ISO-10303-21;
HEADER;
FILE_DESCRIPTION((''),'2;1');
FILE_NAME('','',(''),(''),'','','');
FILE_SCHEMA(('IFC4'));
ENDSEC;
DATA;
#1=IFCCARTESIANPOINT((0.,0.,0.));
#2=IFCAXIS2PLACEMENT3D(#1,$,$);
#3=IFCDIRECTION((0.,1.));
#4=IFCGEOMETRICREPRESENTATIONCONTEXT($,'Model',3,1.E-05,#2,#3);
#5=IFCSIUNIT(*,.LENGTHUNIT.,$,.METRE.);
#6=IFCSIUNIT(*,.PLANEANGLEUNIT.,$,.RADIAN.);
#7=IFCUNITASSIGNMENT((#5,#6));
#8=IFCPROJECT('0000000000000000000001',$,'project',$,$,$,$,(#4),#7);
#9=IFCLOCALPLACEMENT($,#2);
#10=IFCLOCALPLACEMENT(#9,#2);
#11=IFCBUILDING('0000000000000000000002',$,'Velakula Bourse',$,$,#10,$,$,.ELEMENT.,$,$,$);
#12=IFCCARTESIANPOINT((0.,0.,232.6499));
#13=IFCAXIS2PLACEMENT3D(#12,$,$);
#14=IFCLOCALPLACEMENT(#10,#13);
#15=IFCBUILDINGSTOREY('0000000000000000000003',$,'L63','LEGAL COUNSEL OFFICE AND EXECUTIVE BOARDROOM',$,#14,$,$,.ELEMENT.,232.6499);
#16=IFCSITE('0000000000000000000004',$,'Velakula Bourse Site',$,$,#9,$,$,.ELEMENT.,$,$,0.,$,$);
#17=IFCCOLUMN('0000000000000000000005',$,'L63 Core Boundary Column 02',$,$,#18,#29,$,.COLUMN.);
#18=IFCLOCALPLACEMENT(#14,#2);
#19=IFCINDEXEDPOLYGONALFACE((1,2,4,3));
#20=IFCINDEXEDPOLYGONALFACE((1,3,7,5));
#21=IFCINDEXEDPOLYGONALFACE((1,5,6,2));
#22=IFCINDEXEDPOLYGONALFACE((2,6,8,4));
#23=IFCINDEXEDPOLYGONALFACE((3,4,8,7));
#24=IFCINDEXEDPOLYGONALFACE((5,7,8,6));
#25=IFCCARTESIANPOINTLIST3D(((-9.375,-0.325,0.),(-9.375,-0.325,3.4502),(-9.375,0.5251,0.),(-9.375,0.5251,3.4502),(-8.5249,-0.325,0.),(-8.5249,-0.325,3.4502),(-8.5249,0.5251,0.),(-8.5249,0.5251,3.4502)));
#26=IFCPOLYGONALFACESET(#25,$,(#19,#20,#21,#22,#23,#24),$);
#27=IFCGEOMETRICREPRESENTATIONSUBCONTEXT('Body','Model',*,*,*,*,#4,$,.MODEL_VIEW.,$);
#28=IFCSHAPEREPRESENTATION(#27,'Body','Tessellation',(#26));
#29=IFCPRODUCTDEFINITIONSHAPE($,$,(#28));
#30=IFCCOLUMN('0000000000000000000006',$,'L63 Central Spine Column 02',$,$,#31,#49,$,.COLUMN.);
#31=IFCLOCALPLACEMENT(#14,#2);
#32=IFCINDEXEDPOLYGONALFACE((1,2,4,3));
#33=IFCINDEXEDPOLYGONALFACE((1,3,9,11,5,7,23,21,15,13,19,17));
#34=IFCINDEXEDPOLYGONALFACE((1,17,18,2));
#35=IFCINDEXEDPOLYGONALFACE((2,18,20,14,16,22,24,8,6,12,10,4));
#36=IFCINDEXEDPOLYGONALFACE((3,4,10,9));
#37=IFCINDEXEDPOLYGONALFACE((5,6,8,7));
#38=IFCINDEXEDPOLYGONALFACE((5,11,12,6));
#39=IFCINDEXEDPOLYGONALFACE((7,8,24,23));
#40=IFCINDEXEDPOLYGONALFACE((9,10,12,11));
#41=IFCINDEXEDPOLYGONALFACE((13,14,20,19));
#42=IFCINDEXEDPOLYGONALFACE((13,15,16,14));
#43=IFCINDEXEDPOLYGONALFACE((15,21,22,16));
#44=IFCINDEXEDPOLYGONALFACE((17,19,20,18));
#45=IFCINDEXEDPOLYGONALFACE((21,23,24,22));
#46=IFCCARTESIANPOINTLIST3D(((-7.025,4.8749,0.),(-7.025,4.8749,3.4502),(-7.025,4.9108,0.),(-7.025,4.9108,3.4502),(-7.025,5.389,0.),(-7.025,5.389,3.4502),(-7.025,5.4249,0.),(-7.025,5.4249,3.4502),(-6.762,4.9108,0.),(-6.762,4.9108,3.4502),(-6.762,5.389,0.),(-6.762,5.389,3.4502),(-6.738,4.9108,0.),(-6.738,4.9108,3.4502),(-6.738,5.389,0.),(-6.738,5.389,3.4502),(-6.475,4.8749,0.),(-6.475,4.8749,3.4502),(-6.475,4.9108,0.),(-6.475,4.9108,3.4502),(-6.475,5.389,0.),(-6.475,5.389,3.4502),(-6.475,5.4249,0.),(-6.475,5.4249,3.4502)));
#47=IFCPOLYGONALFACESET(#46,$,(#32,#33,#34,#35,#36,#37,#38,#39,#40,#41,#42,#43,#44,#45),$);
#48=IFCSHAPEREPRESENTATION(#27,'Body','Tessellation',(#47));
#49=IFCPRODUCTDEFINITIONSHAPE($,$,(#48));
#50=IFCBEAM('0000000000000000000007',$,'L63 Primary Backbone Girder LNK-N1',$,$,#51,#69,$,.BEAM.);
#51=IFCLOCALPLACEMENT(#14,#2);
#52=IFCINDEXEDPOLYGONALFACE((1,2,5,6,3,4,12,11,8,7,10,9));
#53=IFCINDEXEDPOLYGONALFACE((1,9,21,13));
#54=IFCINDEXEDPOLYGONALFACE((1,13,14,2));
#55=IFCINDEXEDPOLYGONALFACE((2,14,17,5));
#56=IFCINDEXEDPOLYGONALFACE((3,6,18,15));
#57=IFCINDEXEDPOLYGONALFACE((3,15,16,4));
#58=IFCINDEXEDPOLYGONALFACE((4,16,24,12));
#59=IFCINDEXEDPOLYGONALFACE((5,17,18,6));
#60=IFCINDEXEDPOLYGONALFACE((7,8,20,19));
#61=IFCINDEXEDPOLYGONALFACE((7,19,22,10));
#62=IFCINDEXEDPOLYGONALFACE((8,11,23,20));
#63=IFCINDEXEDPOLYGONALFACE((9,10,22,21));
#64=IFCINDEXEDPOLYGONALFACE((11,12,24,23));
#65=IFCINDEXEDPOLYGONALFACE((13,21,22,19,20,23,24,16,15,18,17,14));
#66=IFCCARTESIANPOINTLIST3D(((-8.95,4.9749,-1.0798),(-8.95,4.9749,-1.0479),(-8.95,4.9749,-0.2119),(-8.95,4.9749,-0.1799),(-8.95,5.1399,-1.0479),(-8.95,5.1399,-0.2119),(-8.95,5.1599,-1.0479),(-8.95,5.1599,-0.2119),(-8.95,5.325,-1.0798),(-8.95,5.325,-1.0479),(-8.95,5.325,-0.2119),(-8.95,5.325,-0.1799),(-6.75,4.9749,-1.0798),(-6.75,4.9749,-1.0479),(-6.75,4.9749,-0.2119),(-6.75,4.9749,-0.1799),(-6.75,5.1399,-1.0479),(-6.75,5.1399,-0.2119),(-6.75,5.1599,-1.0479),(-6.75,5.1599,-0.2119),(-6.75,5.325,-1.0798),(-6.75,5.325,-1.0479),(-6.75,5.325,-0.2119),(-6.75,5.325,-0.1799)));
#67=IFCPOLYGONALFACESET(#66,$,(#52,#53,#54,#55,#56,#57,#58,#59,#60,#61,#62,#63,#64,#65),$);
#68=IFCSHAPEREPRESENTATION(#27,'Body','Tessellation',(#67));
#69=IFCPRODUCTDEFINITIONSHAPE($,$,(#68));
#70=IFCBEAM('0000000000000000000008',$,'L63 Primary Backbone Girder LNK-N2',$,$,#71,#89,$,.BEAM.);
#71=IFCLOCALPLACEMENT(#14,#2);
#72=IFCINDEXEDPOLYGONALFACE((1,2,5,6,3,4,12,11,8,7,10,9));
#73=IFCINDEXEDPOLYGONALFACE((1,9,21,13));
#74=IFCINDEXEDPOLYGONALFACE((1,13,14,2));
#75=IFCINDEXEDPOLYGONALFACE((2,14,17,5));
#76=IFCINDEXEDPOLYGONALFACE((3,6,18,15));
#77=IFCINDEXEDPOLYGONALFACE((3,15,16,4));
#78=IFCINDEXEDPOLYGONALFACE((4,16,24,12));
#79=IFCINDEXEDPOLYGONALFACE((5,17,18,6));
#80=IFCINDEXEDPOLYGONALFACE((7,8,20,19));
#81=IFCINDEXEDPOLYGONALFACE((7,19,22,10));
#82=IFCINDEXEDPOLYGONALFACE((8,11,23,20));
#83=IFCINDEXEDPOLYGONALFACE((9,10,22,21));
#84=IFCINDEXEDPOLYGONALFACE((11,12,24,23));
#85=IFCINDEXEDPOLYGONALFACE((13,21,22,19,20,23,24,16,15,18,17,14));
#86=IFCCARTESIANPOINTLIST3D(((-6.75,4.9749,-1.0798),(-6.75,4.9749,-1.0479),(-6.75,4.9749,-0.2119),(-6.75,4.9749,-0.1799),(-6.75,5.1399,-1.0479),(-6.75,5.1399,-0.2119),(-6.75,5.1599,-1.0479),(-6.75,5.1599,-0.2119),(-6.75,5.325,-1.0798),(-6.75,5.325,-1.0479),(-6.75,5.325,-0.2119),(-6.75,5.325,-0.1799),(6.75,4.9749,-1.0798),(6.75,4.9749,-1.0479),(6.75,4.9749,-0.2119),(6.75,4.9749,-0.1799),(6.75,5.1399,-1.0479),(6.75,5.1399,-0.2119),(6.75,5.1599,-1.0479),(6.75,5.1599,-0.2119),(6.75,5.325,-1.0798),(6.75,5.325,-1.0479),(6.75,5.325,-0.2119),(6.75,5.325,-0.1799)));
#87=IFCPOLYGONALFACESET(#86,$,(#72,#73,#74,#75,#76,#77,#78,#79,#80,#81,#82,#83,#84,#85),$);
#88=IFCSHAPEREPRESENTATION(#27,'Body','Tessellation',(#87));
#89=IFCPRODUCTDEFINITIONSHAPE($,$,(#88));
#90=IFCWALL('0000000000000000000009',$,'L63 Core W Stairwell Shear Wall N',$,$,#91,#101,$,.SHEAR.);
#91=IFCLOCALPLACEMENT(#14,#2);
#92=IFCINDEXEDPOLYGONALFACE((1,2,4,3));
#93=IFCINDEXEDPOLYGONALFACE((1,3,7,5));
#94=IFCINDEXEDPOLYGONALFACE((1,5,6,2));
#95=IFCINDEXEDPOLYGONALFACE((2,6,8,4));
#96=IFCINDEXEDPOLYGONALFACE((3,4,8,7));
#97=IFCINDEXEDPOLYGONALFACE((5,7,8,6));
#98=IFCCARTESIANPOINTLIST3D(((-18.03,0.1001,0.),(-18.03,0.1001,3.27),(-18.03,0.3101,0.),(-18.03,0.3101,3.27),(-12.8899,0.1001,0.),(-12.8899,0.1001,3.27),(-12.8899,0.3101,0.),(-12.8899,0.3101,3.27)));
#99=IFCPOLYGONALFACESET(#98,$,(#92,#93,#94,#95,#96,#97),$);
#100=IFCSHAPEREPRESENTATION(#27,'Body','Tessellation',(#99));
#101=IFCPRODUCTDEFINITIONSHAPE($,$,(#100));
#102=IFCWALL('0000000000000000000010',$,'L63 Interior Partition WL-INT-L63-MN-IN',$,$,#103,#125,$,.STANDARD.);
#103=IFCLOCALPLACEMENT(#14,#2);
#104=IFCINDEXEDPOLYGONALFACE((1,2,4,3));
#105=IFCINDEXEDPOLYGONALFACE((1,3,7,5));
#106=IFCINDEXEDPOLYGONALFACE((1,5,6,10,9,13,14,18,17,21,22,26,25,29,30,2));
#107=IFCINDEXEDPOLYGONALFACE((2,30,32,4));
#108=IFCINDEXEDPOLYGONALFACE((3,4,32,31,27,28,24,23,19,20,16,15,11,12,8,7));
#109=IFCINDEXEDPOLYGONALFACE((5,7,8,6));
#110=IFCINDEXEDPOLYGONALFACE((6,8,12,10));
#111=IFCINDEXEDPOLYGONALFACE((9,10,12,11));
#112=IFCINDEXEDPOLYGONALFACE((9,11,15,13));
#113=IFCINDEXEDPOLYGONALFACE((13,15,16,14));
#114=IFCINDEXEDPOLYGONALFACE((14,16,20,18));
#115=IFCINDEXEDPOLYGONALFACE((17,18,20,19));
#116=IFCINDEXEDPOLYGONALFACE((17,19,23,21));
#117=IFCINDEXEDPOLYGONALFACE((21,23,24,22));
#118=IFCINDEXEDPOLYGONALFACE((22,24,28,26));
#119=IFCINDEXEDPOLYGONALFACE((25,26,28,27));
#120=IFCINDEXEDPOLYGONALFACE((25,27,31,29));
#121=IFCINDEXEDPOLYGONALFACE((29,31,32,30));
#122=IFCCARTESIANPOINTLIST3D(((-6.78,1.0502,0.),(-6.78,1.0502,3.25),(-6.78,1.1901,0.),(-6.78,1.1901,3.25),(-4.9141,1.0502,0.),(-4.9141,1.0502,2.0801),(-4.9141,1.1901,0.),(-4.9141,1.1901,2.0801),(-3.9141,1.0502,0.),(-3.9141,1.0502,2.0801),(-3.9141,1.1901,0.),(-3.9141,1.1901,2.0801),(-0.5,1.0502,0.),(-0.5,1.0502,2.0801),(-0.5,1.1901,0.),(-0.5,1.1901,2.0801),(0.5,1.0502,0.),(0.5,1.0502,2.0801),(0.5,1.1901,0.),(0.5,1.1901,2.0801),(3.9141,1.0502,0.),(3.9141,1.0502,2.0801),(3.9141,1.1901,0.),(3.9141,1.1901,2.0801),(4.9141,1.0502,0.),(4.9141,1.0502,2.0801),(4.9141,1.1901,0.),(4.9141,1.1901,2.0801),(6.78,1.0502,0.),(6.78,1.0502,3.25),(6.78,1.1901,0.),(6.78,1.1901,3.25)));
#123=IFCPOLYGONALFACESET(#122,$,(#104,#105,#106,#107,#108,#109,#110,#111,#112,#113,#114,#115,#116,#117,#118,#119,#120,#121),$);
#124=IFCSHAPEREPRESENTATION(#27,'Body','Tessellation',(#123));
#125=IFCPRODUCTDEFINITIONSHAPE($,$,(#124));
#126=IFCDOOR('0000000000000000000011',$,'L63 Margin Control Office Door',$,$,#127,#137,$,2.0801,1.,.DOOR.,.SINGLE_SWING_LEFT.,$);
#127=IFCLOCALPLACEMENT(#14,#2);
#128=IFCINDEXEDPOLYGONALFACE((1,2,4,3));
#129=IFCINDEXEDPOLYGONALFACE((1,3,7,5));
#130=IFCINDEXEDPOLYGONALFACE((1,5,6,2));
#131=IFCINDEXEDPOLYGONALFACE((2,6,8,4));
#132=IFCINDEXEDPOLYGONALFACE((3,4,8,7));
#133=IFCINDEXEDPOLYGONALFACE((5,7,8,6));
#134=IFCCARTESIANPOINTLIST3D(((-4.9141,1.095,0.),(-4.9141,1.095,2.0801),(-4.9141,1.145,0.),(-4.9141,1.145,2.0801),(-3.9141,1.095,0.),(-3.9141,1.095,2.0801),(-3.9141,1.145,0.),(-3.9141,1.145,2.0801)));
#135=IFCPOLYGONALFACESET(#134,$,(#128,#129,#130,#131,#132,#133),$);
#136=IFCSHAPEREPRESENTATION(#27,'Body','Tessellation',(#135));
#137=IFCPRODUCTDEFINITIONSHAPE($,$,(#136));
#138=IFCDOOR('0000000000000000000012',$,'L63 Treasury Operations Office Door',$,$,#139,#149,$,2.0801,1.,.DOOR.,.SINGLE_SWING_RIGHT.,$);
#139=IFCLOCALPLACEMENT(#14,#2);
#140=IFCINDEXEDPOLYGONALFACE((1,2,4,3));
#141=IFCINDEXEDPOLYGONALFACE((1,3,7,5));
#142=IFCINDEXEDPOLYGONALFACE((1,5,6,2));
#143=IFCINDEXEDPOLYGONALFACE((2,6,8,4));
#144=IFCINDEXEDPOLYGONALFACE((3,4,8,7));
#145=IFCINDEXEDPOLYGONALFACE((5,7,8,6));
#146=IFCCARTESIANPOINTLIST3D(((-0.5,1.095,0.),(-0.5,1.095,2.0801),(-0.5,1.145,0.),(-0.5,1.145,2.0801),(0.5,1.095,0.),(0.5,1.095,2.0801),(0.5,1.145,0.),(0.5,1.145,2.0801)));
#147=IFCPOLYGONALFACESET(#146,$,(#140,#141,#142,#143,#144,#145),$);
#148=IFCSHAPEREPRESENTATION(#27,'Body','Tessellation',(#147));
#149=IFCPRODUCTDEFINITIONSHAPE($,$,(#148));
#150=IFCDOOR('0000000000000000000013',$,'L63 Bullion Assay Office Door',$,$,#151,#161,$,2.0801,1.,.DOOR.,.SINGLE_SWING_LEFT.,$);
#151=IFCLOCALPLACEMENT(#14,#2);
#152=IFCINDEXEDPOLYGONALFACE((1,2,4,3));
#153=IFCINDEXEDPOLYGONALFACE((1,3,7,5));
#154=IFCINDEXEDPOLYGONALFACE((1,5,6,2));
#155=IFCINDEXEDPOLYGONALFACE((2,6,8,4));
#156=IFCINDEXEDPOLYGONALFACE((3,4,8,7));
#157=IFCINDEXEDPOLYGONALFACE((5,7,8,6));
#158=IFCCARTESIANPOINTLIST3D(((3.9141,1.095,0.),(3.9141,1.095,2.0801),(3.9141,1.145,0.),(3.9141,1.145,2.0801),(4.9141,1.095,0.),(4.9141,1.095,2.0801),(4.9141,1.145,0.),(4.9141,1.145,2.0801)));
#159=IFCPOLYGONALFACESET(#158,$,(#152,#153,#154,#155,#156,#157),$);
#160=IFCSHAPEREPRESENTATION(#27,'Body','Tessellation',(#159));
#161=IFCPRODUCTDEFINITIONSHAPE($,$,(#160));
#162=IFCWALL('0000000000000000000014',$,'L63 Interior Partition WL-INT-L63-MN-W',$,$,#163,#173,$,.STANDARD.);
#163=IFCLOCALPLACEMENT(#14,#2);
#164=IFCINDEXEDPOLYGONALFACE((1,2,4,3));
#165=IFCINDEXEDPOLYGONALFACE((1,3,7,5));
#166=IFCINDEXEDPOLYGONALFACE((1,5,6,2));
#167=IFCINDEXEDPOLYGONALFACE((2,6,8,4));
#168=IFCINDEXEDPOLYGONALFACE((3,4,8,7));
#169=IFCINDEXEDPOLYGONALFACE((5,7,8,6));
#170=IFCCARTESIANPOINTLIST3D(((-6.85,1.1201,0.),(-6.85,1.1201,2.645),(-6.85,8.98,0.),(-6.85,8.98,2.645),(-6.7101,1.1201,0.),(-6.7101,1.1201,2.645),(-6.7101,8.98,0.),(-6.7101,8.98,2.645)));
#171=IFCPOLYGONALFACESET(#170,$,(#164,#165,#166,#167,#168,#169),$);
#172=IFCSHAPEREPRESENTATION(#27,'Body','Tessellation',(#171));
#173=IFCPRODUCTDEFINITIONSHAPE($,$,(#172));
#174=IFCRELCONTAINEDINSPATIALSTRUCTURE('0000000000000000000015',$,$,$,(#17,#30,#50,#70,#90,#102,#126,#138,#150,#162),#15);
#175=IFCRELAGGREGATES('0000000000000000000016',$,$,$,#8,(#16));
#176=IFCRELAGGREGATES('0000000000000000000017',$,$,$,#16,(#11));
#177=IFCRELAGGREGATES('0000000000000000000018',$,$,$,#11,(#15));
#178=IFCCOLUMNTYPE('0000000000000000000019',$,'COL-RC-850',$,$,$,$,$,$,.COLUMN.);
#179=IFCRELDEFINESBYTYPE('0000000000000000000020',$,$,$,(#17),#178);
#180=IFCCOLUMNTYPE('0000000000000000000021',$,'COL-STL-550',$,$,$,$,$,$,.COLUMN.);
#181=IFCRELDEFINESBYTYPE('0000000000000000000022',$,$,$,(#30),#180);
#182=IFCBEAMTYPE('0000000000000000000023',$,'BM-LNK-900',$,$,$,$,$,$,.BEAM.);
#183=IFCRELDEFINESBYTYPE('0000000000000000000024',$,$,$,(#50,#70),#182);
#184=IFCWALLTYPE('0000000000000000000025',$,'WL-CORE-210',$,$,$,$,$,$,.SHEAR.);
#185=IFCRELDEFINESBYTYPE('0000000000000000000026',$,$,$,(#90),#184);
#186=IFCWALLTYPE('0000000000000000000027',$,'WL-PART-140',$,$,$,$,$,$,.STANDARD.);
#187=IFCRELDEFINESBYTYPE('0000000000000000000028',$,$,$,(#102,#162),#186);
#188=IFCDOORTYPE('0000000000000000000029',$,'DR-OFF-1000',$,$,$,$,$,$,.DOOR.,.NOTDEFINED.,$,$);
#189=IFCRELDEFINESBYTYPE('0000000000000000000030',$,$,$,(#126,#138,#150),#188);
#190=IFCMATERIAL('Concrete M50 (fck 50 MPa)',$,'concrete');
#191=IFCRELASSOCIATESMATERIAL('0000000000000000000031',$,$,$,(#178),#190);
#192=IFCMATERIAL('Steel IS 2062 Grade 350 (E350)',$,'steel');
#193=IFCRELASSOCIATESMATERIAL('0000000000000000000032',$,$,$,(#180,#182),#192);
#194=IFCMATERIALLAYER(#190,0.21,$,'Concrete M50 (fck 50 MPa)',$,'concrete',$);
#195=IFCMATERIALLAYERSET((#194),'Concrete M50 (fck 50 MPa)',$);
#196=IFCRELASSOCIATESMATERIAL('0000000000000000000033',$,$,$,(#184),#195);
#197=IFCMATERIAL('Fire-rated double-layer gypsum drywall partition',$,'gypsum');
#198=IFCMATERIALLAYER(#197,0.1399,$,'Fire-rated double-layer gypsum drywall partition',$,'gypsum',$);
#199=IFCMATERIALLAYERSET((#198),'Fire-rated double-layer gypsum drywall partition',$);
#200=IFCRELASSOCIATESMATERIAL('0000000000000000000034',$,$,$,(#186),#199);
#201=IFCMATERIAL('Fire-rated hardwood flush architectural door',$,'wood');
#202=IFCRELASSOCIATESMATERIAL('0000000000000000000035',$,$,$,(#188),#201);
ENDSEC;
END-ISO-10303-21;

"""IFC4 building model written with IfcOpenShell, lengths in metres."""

from ifc_helpers import new_model, si_unit, direction, frame, frame_2d, origin, origin_2d, place, context, subcontext, project, spatial, rectangle, i_section, extrude, material, layer, layer_set, material_profile, profile_set, type_object, element, fill, save


model = new_model("IFC4")

# Units and contexts
model_context = context("Model", 3, precision=1e-05, world=origin(), true_north=direction((0.0, 1.0)))
body_context = subcontext(model_context, "Body", "Model", "MODEL_VIEW")
ifc_project = project(units=[si_unit("LENGTHUNIT", "METRE"), si_unit("PLANEANGLEUNIT", "RADIAN")], contexts=[model_context])

# Site, building, storey
site_placement = place(None, origin())
site = spatial("IfcSite", under=ifc_project, at=site_placement, Name="Velakula Bourse Site", CompositionType="ELEMENT", RefElevation=0.0)
building_placement = place(site_placement, origin())
building = spatial("IfcBuilding", under=site, at=building_placement, Name="Velakula Bourse", CompositionType="ELEMENT")
storey_placement = place(building_placement, frame((0.0, 0.0, 232.6499)))
storey = spatial("IfcBuildingStorey", under=building, at=storey_placement, Name="L63", Description="LEGAL COUNSEL OFFICE AND EXECUTIVE BOARDROOM", CompositionType="ELEMENT", Elevation=232.6499)

# Columns
ifc_material_1 = material(Name="Concrete M50 (fck 50 MPa)", Category="concrete")
ifc_material_profile_1 = material_profile(ifc_material_1, rectangle(XDim=0.8501, YDim=0.8501, at=origin_2d()), Name="Concrete M50 (fck 50 MPa)")
ifc_profile_set_1 = profile_set([ifc_material_profile_1], Name="Concrete M50 (fck 50 MPa)")
column_type_1 = type_object("IfcColumnType", Name="COL-RC-850", PredefinedType="COLUMN", material=ifc_profile_set_1)
column_1_placement = place(storey_placement, frame((-8.95, 0.1001, 0.0), z_axis=(0.0, 0.0, 1.0), x_axis=(1.0, 0.0, 0.0)))
element("IfcColumn", 1, at=column_1_placement, inside=storey, type_object=column_type_1, Name="L63 Core Boundary Column 02", PredefinedType="COLUMN", context=body_context, shape_type="SweptSolid", body=[
    extrude(rectangle(XDim=0.8501, YDim=0.8501, at=origin_2d()), origin(), (0.0, 0.0, 1.0), 3.4502),
])
ifc_material_2 = material(Name="Steel IS 2062 Grade 350 (E350)", Category="steel")
ifc_material_profile_2 = material_profile(ifc_material_2, i_section(OverallWidth=0.55, OverallDepth=0.55, WebThickness=0.0239, FlangeThickness=0.0359, at=origin_2d()), Name="Steel IS 2062 Grade 350 (E350)")
ifc_profile_set_2 = profile_set([ifc_material_profile_2], Name="Steel IS 2062 Grade 350 (E350)")
column_type_2 = type_object("IfcColumnType", Name="COL-STL-550", PredefinedType="COLUMN", material=ifc_profile_set_2)
column_2_placement = place(storey_placement, frame((-6.75, 5.1499, 0.0), z_axis=(0.0, 0.0, 1.0), x_axis=(1.0, 0.0, 0.0)))
element("IfcColumn", 2, at=column_2_placement, inside=storey, type_object=column_type_2, Name="L63 Central Spine Column 02", PredefinedType="COLUMN", context=body_context, shape_type="SweptSolid", body=[
    extrude(i_section(OverallWidth=0.55, OverallDepth=0.55, WebThickness=0.0239, FlangeThickness=0.0359, at=origin_2d()), origin(), (0.0, 0.0, 1.0), 3.4502),
])

# Beams
ifc_material_profile_3 = material_profile(ifc_material_2, i_section(OverallWidth=0.3501, OverallDepth=0.8999, WebThickness=0.02, FlangeThickness=0.032, at=origin_2d()), Name="Steel IS 2062 Grade 350 (E350)")
ifc_profile_set_3 = profile_set([ifc_material_profile_3], Name="Steel IS 2062 Grade 350 (E350)")
beam_type = type_object("IfcBeamType", Name="BM-LNK-900", PredefinedType="BEAM", material=ifc_profile_set_3)
beam_1_placement = place(storey_placement, frame((-8.95, 5.1499, -0.6299), z_axis=(1.0, 0.0, 0.0), x_axis=(0.0, 1.0, 0.0)))
element("IfcBeam", 3, at=beam_1_placement, inside=storey, type_object=beam_type, Name="L63 Primary Backbone Girder LNK-N1", PredefinedType="BEAM", context=body_context, shape_type="SweptSolid", body=[
    extrude(i_section(OverallWidth=0.3501, OverallDepth=0.8999, WebThickness=0.02, FlangeThickness=0.032, at=origin_2d()), origin(), (0.0, 0.0, 1.0), 2.2),
])
beam_2_placement = place(storey_placement, frame((-6.75, 5.1499, -0.6299), z_axis=(1.0, 0.0, 0.0), x_axis=(0.0, 1.0, 0.0)))
element("IfcBeam", 4, at=beam_2_placement, inside=storey, type_object=beam_type, Name="L63 Primary Backbone Girder LNK-N2", PredefinedType="BEAM", context=body_context, shape_type="SweptSolid", body=[
    extrude(i_section(OverallWidth=0.3501, OverallDepth=0.8999, WebThickness=0.02, FlangeThickness=0.032, at=origin_2d()), origin(), (0.0, 0.0, 1.0), 13.5),
])

# Wall
ifc_layer_1 = layer(ifc_material_1, 0.21, Name="Concrete M50 (fck 50 MPa)", Category="concrete")
ifc_layer_set_1 = layer_set([ifc_layer_1], Name="Concrete M50 (fck 50 MPa)")
wall_type_1 = type_object("IfcWallType", Name="WL-CORE-210", PredefinedType="SHEAR", material=ifc_layer_set_1)
wall_1_placement = place(storey_placement, frame((-12.8899, 0.2051, 0.0), z_axis=(0.0, 0.0, 1.0), x_axis=(-1.0, 0.0, 0.0)))
element("IfcWall", 5, at=wall_1_placement, inside=storey, type_object=wall_type_1, Name="L63 Core W Stairwell Shear Wall N", PredefinedType="SHEAR", context=body_context, shape_type="SweptSolid", body=[
    extrude(rectangle(XDim=5.1401, YDim=0.21, at=frame_2d((2.5701, 0.0))), origin(), (0.0, 0.0, 1.0), 3.27),
])

# Wall, openings, doors
ifc_material_3 = material(Name="Fire-rated double-layer gypsum drywall partition", Category="gypsum")
ifc_layer_2 = layer(ifc_material_3, 0.1399, Name="Fire-rated double-layer gypsum drywall partition", Category="gypsum")
ifc_layer_set_2 = layer_set([ifc_layer_2], Name="Fire-rated double-layer gypsum drywall partition")
wall_type_2 = type_object("IfcWallType", Name="WL-PART-140", PredefinedType="STANDARD", material=ifc_layer_set_2)
wall_2_placement = place(storey_placement, frame((-6.78, 1.1201, 0.0), z_axis=(0.0, 0.0, 1.0), x_axis=(1.0, 0.0, 0.0)))
wall_2 = element("IfcWall", 6, at=wall_2_placement, inside=storey, type_object=wall_type_2, Name="L63 Interior Partition WL-INT-L63-MN-IN", PredefinedType="STANDARD", context=body_context, shape_type="SweptSolid", body=[
    extrude(rectangle(XDim=13.5601, YDim=0.1399, at=frame_2d((6.78, 0.0))), origin(), (0.0, 0.0, 1.0), 3.25),
])
opening_1_placement = place(wall_2_placement, frame((1.866, 0.0, 0.0)))
opening_1 = element("IfcOpeningElement", 7, at=opening_1_placement, cuts=wall_2, PredefinedType="OPENING", context=body_context, shape_type="SweptSolid", body=[
    extrude(rectangle(XDim=1.0, YDim=2.0801, at=frame_2d((0.5, 1.04))), frame((0.0, 0.0798, 0.0), z_axis=(0.0, -1.0, 0.0), x_axis=(1.0, 0.0, 0.0)), (0.0, 0.0, 1.0), 0.1599),
])
opening_2_placement = place(wall_2_placement, frame((6.28, 0.0, 0.0)))
opening_2 = element("IfcOpeningElement", 8, at=opening_2_placement, cuts=wall_2, PredefinedType="OPENING", context=body_context, shape_type="SweptSolid", body=[
    extrude(rectangle(XDim=1.0, YDim=2.0801, at=frame_2d((0.5, 1.04))), frame((0.0, 0.0798, 0.0), z_axis=(0.0, -1.0, 0.0), x_axis=(1.0, 0.0, 0.0)), (0.0, 0.0, 1.0), 0.1599),
])
opening_3_placement = place(wall_2_placement, frame((10.6941, 0.0, 0.0)))
opening_3 = element("IfcOpeningElement", 9, at=opening_3_placement, cuts=wall_2, PredefinedType="OPENING", context=body_context, shape_type="SweptSolid", body=[
    extrude(rectangle(XDim=1.0, YDim=2.0801, at=frame_2d((0.5, 1.04))), frame((0.0, 0.0798, 0.0), z_axis=(0.0, -1.0, 0.0), x_axis=(1.0, 0.0, 0.0)), (0.0, 0.0, 1.0), 0.1599),
])
ifc_material_4 = material(Name="Fire-rated hardwood flush architectural door", Category="wood")
door_type_1 = type_object("IfcDoorType", Name="DR-OFF-1000", OperationType="NOTDEFINED", PredefinedType="DOOR", material=ifc_material_4)
door_1_placement = place(opening_1_placement, origin())
door_1 = element("IfcDoor", 10, at=door_1_placement, inside=storey, type_object=door_type_1, Name="L63 Margin Control Office Door", OperationType="SINGLE_SWING_LEFT", OverallHeight=2.0801, OverallWidth=1.0, PredefinedType="DOOR", context=body_context, shape_type="SweptSolid", body=[
    extrude(rectangle(XDim=1.0, YDim=2.0801, at=frame_2d((0.5, 1.04))), frame((0.0, 0.0249, 0.0), z_axis=(0.0, -1.0, 0.0), x_axis=(1.0, 0.0, 0.0)), (0.0, 0.0, 1.0), 0.05),
])
fill(opening_1, door_1)
door_2_placement = place(opening_2_placement, origin())
door_2 = element("IfcDoor", 11, at=door_2_placement, inside=storey, type_object=door_type_1, Name="L63 Treasury Operations Office Door", OperationType="SINGLE_SWING_RIGHT", OverallHeight=2.0801, OverallWidth=1.0, PredefinedType="DOOR", context=body_context, shape_type="SweptSolid", body=[
    extrude(rectangle(XDim=1.0, YDim=2.0801, at=frame_2d((0.5, 1.04))), frame((0.0, 0.0249, 0.0), z_axis=(0.0, -1.0, 0.0), x_axis=(1.0, 0.0, 0.0)), (0.0, 0.0, 1.0), 0.05),
])
fill(opening_2, door_2)
door_3_placement = place(opening_3_placement, origin())
door_3 = element("IfcDoor", 12, at=door_3_placement, inside=storey, type_object=door_type_1, Name="L63 Bullion Assay Office Door", OperationType="SINGLE_SWING_LEFT", OverallHeight=2.0801, OverallWidth=1.0, PredefinedType="DOOR", context=body_context, shape_type="SweptSolid", body=[
    extrude(rectangle(XDim=1.0, YDim=2.0801, at=frame_2d((0.5, 1.04))), frame((0.0, 0.0249, 0.0), z_axis=(0.0, -1.0, 0.0), x_axis=(1.0, 0.0, 0.0)), (0.0, 0.0, 1.0), 0.05),
])
fill(opening_3, door_3)

# Wall
wall_3_placement = place(storey_placement, frame((-6.78, 1.1201, 0.0), z_axis=(0.0, 0.0, 1.0), x_axis=(0.0, 1.0, 0.0)))
element("IfcWall", 13, at=wall_3_placement, inside=storey, type_object=wall_type_2, Name="L63 Interior Partition WL-INT-L63-MN-W", PredefinedType="STANDARD", context=body_context, shape_type="SweptSolid", body=[
    extrude(rectangle(XDim=7.8599, YDim=0.1399, at=frame_2d((3.9299, 0.0))), origin(), (0.0, 0.0, 1.0), 2.645),
])

save(model, "model.ifc")
